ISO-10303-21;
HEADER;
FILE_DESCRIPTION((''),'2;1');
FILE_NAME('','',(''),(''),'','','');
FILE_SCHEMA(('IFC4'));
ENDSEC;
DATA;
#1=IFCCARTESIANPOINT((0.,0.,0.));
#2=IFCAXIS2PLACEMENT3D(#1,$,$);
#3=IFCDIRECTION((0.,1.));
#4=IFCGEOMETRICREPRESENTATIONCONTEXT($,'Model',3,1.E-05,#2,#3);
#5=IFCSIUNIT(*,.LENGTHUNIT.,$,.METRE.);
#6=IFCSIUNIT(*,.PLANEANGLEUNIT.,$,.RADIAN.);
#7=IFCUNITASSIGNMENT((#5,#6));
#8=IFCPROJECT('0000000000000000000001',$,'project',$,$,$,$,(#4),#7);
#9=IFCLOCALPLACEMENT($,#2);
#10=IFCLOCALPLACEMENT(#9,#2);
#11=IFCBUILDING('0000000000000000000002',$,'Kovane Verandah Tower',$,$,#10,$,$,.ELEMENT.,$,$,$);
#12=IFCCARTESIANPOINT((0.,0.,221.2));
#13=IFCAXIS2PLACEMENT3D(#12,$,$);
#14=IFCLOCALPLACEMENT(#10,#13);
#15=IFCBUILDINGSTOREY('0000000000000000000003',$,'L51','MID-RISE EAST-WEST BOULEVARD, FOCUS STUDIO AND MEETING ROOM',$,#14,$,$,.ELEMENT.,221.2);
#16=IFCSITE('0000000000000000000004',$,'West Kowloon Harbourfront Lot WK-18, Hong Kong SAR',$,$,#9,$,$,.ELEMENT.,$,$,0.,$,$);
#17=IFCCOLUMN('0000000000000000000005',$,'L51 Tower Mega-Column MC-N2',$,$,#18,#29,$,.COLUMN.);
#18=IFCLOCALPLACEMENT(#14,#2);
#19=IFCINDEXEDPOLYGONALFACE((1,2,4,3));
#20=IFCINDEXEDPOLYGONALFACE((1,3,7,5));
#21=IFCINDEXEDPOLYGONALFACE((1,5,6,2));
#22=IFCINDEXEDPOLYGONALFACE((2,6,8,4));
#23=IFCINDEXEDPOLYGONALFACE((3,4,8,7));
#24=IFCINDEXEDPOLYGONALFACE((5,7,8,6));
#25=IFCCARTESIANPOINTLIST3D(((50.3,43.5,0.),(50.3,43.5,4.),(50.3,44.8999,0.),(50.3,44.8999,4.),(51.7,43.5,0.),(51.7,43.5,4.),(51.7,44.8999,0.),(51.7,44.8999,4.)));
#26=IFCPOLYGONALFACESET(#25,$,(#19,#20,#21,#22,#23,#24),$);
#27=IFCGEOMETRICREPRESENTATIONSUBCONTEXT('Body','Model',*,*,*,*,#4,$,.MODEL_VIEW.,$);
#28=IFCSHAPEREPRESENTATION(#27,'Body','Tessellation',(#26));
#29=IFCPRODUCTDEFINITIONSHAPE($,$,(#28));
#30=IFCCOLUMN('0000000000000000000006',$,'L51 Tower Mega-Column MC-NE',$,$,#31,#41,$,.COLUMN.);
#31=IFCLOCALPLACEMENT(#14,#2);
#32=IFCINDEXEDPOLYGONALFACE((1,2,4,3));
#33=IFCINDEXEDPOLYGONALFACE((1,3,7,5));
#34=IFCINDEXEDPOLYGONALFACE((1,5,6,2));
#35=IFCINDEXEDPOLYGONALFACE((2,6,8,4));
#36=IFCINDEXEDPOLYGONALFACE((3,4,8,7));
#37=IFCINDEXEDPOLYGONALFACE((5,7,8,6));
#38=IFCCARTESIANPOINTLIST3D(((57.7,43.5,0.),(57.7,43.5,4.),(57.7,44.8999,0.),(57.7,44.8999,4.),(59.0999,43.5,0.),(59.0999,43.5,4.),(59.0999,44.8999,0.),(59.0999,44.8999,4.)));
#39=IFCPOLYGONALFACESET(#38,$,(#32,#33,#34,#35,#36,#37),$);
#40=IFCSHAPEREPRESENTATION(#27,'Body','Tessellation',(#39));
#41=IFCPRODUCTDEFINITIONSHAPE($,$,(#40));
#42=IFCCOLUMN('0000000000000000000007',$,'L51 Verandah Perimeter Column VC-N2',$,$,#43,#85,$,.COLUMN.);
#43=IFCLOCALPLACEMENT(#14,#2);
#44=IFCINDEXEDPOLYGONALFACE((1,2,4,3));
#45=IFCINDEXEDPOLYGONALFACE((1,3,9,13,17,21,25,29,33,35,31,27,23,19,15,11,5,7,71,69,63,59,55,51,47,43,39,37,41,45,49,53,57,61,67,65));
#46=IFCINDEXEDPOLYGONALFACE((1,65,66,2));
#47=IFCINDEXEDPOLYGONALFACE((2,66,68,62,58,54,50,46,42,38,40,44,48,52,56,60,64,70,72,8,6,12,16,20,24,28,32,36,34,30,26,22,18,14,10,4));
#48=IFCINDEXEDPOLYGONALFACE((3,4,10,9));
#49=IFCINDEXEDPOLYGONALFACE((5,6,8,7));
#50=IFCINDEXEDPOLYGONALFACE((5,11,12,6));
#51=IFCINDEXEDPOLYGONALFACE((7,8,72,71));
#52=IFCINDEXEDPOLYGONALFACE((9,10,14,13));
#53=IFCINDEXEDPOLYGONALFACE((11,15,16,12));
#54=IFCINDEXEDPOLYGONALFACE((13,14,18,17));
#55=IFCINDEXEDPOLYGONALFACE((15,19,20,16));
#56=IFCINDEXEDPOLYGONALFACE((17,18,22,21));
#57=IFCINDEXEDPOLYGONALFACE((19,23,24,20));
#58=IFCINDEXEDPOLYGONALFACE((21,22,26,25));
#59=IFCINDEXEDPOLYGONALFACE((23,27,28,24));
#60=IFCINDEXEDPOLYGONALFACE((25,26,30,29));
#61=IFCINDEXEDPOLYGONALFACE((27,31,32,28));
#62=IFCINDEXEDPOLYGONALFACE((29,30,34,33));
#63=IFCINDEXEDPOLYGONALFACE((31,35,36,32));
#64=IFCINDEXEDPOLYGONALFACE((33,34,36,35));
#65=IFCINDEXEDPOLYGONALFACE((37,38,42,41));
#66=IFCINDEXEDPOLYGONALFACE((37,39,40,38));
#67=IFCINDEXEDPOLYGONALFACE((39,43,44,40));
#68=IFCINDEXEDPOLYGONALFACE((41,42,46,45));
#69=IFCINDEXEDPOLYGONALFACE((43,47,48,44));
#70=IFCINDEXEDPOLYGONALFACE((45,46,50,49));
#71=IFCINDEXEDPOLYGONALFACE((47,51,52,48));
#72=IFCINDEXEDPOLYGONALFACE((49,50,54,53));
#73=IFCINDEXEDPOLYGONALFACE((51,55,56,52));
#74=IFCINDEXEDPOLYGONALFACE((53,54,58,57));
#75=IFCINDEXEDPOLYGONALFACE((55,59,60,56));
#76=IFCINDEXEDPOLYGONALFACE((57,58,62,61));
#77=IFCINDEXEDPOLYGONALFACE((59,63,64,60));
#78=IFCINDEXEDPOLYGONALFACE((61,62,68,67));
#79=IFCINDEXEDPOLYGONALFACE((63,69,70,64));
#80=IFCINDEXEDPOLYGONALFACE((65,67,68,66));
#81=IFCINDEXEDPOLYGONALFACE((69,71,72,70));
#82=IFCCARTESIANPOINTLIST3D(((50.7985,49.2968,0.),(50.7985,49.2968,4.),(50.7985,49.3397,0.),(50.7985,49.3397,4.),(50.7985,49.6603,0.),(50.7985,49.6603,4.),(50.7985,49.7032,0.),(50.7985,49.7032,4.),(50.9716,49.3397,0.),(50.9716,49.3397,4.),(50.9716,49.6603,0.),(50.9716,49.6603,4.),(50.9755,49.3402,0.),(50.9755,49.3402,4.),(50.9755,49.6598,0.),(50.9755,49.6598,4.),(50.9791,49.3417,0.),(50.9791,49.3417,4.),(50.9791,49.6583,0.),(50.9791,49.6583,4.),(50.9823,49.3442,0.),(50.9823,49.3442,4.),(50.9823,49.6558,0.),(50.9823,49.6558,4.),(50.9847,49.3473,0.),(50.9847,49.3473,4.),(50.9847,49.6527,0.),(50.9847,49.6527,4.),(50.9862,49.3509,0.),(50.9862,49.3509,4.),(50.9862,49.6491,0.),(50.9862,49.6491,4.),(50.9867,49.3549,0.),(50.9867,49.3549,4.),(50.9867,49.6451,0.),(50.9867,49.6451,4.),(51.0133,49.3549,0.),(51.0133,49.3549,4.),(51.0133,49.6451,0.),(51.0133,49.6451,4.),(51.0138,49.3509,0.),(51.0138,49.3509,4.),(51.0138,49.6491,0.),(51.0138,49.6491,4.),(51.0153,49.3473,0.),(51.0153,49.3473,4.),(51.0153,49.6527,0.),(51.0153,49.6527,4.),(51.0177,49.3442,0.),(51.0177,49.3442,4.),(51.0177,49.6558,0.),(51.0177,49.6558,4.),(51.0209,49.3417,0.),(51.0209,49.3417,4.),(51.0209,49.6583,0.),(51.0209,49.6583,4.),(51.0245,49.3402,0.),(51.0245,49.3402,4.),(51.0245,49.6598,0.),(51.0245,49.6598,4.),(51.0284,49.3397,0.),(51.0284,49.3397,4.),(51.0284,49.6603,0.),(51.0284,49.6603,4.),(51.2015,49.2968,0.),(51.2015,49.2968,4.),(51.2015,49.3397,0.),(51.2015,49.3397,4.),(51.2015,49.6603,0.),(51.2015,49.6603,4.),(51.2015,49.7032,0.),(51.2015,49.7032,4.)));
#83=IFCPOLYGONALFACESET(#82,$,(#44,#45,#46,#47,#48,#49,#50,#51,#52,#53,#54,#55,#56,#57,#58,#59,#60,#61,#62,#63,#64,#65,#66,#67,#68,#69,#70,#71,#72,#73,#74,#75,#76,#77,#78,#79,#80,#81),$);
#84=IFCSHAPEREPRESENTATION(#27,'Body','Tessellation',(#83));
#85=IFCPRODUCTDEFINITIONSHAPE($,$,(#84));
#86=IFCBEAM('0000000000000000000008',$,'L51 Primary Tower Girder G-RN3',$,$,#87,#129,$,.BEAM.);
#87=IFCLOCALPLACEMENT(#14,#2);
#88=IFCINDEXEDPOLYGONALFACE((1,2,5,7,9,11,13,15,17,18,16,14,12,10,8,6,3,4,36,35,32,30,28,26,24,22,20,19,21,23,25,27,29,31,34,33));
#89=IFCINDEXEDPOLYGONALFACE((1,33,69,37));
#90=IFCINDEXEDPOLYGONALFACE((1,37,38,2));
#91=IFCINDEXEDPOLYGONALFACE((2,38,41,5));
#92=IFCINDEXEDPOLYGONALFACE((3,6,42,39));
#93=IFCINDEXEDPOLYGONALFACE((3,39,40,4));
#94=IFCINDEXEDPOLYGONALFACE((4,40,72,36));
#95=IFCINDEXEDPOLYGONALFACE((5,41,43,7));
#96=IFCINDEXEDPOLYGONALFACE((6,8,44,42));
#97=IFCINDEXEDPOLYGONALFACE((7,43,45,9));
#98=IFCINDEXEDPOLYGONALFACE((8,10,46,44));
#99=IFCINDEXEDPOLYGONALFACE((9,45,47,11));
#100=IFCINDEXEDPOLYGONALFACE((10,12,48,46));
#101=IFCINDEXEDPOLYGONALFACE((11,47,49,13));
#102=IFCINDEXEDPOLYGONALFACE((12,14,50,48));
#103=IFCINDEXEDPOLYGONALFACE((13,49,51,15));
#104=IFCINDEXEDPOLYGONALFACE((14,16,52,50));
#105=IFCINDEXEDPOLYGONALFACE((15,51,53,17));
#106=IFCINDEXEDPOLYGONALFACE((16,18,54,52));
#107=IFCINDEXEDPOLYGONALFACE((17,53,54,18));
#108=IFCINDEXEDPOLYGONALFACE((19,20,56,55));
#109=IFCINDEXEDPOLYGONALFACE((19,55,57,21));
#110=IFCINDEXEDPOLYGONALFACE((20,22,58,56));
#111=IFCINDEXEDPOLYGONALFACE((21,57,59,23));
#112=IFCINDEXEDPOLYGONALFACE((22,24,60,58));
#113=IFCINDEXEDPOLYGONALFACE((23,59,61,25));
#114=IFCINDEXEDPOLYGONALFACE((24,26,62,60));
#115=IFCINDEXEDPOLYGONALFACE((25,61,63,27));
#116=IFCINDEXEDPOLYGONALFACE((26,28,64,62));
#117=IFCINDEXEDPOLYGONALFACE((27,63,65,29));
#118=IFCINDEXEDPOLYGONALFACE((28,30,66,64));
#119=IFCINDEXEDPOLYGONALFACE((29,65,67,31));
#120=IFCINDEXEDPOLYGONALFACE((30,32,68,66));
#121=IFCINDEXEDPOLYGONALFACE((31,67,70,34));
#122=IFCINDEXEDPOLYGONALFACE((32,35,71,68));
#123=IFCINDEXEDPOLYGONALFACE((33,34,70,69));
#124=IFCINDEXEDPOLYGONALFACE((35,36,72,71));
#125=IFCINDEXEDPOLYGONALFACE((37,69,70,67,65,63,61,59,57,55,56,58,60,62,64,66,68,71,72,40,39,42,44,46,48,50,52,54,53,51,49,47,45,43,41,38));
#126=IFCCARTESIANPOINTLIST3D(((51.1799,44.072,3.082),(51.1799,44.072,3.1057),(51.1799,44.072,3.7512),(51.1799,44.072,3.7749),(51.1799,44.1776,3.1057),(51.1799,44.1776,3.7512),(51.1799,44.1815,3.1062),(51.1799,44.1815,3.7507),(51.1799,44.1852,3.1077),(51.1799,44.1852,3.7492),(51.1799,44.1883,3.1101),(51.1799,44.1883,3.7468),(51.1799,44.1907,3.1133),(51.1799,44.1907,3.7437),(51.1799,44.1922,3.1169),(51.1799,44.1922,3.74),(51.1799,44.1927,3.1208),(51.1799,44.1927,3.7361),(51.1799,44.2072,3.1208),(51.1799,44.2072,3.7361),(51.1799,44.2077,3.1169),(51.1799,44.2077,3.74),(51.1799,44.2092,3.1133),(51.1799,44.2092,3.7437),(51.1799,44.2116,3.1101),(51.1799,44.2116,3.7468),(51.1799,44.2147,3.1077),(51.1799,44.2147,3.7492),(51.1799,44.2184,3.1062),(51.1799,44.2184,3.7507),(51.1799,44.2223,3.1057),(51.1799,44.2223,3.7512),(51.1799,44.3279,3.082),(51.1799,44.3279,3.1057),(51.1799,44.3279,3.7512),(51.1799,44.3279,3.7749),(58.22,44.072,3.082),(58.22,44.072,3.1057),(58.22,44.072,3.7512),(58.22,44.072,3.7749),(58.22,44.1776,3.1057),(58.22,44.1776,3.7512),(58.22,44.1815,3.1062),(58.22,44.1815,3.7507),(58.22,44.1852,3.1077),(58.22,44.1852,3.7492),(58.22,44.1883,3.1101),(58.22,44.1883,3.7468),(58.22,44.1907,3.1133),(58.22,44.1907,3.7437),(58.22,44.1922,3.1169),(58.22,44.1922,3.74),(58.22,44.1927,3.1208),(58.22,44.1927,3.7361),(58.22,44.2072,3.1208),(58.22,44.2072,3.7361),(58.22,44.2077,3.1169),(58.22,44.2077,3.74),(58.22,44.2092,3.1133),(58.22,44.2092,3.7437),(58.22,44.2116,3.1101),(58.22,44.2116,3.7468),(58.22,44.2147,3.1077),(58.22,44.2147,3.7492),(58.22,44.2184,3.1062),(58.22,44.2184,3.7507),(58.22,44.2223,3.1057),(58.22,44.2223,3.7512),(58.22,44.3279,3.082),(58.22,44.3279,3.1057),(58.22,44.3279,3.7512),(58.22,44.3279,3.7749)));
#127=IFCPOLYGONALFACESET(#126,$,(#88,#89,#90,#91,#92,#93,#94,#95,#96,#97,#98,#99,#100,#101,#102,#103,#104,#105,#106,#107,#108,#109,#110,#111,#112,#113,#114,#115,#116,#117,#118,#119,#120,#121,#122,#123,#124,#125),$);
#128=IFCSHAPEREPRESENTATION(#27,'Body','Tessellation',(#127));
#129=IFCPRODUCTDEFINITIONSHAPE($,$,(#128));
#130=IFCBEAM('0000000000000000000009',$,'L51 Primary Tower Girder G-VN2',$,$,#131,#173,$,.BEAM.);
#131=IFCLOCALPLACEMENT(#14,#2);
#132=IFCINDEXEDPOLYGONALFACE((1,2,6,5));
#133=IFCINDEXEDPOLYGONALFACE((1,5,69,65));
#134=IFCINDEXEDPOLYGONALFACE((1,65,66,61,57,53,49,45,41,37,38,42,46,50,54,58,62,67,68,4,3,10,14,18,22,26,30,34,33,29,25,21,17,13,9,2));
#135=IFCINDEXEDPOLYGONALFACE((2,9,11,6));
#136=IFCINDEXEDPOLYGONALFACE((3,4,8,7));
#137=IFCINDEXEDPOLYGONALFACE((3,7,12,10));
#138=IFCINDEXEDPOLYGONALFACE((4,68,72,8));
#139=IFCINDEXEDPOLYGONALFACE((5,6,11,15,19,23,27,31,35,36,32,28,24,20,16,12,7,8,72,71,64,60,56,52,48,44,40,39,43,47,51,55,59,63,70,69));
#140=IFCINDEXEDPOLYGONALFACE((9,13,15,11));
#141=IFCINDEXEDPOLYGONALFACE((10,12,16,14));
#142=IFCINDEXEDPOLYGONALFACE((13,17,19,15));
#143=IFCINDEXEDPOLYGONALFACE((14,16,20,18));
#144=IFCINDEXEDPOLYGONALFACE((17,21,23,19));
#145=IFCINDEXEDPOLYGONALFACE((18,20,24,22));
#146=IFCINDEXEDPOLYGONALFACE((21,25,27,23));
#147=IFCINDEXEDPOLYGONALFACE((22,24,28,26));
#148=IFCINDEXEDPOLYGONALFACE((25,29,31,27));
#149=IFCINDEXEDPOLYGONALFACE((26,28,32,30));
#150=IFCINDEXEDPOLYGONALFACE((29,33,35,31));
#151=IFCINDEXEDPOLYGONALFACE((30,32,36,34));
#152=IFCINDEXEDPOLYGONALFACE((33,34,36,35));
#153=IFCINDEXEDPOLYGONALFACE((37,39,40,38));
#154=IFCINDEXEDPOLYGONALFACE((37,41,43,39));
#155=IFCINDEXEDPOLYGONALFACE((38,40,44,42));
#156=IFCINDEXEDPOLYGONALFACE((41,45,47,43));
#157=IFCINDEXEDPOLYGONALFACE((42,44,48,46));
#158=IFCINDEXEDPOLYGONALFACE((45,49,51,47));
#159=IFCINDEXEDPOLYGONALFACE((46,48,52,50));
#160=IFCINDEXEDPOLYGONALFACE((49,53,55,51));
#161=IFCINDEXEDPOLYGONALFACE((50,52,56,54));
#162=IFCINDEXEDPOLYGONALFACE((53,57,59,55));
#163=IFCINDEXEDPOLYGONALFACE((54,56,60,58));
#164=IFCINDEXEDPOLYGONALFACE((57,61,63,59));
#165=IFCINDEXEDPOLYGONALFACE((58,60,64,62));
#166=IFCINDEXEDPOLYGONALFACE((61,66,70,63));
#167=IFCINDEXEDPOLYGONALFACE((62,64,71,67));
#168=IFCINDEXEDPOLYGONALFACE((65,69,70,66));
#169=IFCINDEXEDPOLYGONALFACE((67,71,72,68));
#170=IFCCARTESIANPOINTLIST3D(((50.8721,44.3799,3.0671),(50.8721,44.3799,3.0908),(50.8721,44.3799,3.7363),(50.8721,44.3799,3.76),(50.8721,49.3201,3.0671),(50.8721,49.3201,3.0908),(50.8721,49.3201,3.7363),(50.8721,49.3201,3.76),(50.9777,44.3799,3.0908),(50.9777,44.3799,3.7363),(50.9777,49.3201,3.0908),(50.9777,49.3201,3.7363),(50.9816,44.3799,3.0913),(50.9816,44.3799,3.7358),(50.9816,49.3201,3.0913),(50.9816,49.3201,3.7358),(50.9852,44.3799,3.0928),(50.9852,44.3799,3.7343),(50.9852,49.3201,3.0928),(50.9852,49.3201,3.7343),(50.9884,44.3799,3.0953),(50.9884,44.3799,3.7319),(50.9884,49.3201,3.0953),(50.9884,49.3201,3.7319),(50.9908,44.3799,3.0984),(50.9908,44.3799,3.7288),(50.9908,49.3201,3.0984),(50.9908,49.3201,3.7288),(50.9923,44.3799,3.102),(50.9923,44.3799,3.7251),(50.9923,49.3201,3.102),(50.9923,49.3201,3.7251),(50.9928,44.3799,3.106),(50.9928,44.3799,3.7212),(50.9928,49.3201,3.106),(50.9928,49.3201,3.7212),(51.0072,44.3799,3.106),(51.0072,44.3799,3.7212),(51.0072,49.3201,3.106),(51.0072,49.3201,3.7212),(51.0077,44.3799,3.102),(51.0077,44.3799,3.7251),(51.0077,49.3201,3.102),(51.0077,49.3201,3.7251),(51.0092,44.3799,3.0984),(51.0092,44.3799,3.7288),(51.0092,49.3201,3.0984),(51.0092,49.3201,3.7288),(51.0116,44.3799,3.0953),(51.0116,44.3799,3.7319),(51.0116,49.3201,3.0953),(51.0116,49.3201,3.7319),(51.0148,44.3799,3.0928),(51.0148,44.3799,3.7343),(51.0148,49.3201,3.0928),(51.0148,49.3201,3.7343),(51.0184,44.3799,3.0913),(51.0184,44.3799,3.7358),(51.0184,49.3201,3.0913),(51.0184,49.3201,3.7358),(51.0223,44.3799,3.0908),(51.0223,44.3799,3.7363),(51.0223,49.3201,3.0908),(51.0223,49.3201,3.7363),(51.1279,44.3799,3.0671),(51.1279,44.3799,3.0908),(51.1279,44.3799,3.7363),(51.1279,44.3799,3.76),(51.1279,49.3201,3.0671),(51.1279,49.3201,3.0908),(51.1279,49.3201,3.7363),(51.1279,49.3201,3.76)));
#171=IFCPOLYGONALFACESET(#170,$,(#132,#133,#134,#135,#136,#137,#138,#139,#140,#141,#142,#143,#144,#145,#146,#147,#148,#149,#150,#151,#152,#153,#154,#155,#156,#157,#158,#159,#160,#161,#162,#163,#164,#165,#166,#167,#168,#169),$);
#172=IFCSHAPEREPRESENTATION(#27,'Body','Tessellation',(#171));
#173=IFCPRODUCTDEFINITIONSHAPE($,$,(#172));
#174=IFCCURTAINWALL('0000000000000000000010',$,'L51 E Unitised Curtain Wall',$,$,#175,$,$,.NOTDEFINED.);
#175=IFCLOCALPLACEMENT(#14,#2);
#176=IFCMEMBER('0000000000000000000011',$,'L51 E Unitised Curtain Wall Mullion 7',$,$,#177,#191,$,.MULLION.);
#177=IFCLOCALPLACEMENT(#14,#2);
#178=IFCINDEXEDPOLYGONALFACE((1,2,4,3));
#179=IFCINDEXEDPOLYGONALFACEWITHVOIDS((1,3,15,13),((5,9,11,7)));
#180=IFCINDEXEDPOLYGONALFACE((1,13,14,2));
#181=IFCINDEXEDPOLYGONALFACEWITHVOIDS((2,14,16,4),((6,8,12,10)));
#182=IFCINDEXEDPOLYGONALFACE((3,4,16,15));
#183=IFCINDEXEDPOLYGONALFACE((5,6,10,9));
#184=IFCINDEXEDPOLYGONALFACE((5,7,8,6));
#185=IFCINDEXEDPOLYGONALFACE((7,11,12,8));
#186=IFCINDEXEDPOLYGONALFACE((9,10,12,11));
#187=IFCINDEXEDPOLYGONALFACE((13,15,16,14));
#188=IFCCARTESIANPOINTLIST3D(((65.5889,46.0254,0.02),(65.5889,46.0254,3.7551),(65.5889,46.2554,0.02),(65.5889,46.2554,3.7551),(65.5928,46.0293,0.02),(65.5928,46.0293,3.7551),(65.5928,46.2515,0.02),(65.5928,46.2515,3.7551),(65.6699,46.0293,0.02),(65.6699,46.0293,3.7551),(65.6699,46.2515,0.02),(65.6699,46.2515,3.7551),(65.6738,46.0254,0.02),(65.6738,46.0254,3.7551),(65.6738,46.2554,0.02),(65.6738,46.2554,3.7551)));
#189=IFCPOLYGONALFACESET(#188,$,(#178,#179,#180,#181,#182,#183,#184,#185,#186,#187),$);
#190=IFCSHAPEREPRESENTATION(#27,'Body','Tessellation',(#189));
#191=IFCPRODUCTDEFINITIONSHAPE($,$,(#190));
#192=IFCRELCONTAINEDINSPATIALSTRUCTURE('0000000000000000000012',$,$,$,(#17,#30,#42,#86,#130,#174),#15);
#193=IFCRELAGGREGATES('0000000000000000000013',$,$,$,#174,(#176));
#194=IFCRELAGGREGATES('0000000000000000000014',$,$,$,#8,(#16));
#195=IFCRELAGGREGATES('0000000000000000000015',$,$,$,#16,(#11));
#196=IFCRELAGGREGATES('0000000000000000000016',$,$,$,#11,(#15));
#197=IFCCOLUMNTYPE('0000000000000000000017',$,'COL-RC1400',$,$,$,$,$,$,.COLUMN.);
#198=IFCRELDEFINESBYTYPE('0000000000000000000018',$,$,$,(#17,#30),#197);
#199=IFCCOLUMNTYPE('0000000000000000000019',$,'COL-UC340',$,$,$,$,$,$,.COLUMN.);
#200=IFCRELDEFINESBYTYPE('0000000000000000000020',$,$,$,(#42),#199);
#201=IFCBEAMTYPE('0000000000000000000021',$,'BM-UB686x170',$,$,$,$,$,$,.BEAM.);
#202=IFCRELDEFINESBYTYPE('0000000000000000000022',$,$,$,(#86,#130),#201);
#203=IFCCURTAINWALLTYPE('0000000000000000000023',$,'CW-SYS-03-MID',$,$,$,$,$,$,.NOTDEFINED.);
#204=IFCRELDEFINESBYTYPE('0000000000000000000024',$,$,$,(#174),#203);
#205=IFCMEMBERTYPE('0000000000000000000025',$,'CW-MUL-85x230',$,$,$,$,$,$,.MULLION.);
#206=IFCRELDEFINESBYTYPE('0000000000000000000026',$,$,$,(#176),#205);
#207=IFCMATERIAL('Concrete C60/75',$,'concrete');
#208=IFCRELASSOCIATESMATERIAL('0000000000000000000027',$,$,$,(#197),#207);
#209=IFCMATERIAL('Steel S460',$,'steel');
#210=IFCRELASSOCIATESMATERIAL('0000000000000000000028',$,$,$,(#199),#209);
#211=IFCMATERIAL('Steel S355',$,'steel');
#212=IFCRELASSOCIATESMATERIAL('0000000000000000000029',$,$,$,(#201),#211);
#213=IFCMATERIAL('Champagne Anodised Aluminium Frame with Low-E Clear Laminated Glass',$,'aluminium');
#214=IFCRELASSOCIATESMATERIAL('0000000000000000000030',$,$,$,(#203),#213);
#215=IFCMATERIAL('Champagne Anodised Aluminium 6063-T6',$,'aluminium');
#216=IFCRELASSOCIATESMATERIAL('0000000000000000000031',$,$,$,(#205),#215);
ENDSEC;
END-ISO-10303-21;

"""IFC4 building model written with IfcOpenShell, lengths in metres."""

from ifc_helpers import new_model, si_unit, direction, frame, origin, origin_2d, place, context, subcontext, project, spatial, rectangle, hollow_rectangle, i_section, extrude, material, material_profile, profile_set, type_object, element, aggregate, save


model = new_model("IFC4")

# Units and contexts
model_context = context("Model", 3, precision=1e-05, world=origin(), true_north=direction((0.0, 1.0)))
body_context = subcontext(model_context, "Body", "Model", "MODEL_VIEW")
ifc_project = project(units=[si_unit("LENGTHUNIT", "METRE"), si_unit("PLANEANGLEUNIT", "RADIAN")], contexts=[model_context])

# Site, building, storey
site_placement = place(None, origin())
site = spatial("IfcSite", under=ifc_project, at=site_placement, Name="West Kowloon Harbourfront Lot WK-18, Hong Kong SAR", CompositionType="ELEMENT", RefElevation=0.0)
building_placement = place(site_placement, origin())
building = spatial("IfcBuilding", under=site, at=building_placement, Name="Kovane Verandah Tower", CompositionType="ELEMENT")
storey_placement = place(building_placement, frame((0.0, 0.0, 221.2)))
storey = spatial("IfcBuildingStorey", under=building, at=storey_placement, Name="L51", Description="MID-RISE EAST-WEST BOULEVARD, FOCUS STUDIO AND MEETING ROOM", CompositionType="ELEMENT", Elevation=221.2)

# Columns
ifc_material_1 = material(Name="Concrete C60/75", Category="concrete")
ifc_material_profile_1 = material_profile(ifc_material_1, rectangle(XDim=1.3999, YDim=1.3999, at=origin_2d()), Name="RC1400x1400")
ifc_profile_set_1 = profile_set([ifc_material_profile_1], Name="Concrete C60/75")
column_type_1 = type_object("IfcColumnType", Name="COL-RC1400", PredefinedType="COLUMN", material=ifc_profile_set_1)
for number, where, z_axis, x_axis, name in (
    (1, (51.0, 44.2, 0.0), (0.0, 0.0, 1.0), (1.0, 0.0, 0.0), "L51 Tower Mega-Column MC-N2"),
    (2, (58.3999, 44.2, 0.0), (0.0, 0.0, 1.0), (1.0, 0.0, 0.0), "L51 Tower Mega-Column MC-NE"),
):
    element("IfcColumn", number, at=place(storey_placement, frame(where, z_axis=z_axis, x_axis=x_axis)), inside=storey, type_object=column_type_1, Name=name, PredefinedType="COLUMN", context=body_context, shape_type="SweptSolid", body=[
        extrude(rectangle(XDim=1.3999, YDim=1.3999, at=origin_2d()), origin(), (0.0, 0.0, 1.0), 4.0),
    ])
ifc_material_2 = material(Name="Steel S460", Category="steel")
ifc_material_profile_2 = material_profile(ifc_material_2, i_section(OverallWidth=0.4031, OverallDepth=0.4065, WebThickness=0.0266, FlangeThickness=0.043, FilletRadius=0.0151, at=origin_2d()), Name="UC356x406x340")
ifc_profile_set_2 = profile_set([ifc_material_profile_2], Name="Steel S460")
column_type_2 = type_object("IfcColumnType", Name="COL-UC340", PredefinedType="COLUMN", material=ifc_profile_set_2)
column_placement = place(storey_placement, frame((51.0, 49.5, 0.0), z_axis=(0.0, 0.0, 1.0), x_axis=(1.0, 0.0, 0.0)))
element("IfcColumn", 3, at=column_placement, inside=storey, type_object=column_type_2, Name="L51 Verandah Perimeter Column VC-N2", PredefinedType="COLUMN", context=body_context, shape_type="SweptSolid", body=[
    extrude(i_section(OverallWidth=0.4031, OverallDepth=0.4065, WebThickness=0.0266, FlangeThickness=0.043, FilletRadius=0.0151, at=origin_2d()), origin(), (0.0, 0.0, 1.0), 4.0),
])

# Beams
ifc_material_3 = material(Name="Steel S355", Category="steel")
ifc_material_profile_3 = material_profile(ifc_material_3, i_section(OverallWidth=0.2559, OverallDepth=0.6929, WebThickness=0.0144, FlangeThickness=0.0237, FilletRadius=0.0151, at=origin_2d()), Name="UB686x254x170")
ifc_profile_set_3 = profile_set([ifc_material_profile_3], Name="Steel S355")
beam_type = type_object("IfcBeamType", Name="BM-UB686x170", PredefinedType="BEAM", material=ifc_profile_set_3)
beam_1_placement = place(storey_placement, frame((51.1799, 44.2, 3.4285), z_axis=(1.0, 0.0, 0.0), x_axis=(0.0, 1.0, 0.0)))
element("IfcBeam", 4, at=beam_1_placement, inside=storey, type_object=beam_type, Name="L51 Primary Tower Girder G-RN3", PredefinedType="BEAM", context=body_context, shape_type="SweptSolid", body=[
    extrude(i_section(OverallWidth=0.2559, OverallDepth=0.6929, WebThickness=0.0144, FlangeThickness=0.0237, FilletRadius=0.0151, at=origin_2d()), origin(), (0.0, 0.0, 1.0), 7.04),
])
beam_2_placement = place(storey_placement, frame((51.0, 44.3799, 3.4136), z_axis=(0.0, 1.0, 0.0), x_axis=(-1.0, 0.0, 0.0)))
element("IfcBeam", 5, at=beam_2_placement, inside=storey, type_object=beam_type, Name="L51 Primary Tower Girder G-VN2", PredefinedType="BEAM", context=body_context, shape_type="SweptSolid", body=[
    extrude(i_section(OverallWidth=0.2559, OverallDepth=0.6929, WebThickness=0.0144, FlangeThickness=0.0237, FilletRadius=0.0151, at=origin_2d()), origin(), (0.0, 0.0, 1.0), 4.9402),
])

# Curtain wall, member
ifc_material_4 = material(Name="Champagne Anodised Aluminium Frame with Low-E Clear Laminated Glass", Category="aluminium")
curtain_wall_type = type_object("IfcCurtainWallType", Name="CW-SYS-03-MID", PredefinedType="NOTDEFINED", material=ifc_material_4)
curtain_wall_1_placement = place(storey_placement, origin())
curtain_wall_1 = element("IfcCurtainWall", 6, at=curtain_wall_1_placement, inside=storey, type_object=curtain_wall_type, Name="L51 E Unitised Curtain Wall", PredefinedType="NOTDEFINED")
ifc_material_5 = material(Name="Champagne Anodised Aluminium 6063-T6", Category="aluminium")
ifc_material_profile_4 = material_profile(ifc_material_5, hollow_rectangle(XDim=0.085, YDim=0.23, WallThickness=0.0039, at=origin_2d()), Name="AL85x230x4")
ifc_profile_set_4 = profile_set([ifc_material_profile_4], Name="Champagne Anodised Aluminium 6063-T6")
member_type_1 = type_object("IfcMemberType", Name="CW-MUL-85x230", PredefinedType="MULLION", material=ifc_profile_set_4)
member_1_placement = place(storey_placement, frame((65.6313, 46.1404, 0.02), z_axis=(0.0, 0.0, 1.0), x_axis=(1.0, 0.0, 0.0)))
member_1 = element("IfcMember", 7, at=member_1_placement, type_object=member_type_1, Name="L51 E Unitised Curtain Wall Mullion 7", PredefinedType="MULLION", context=body_context, shape_type="SweptSolid", body=[
    extrude(hollow_rectangle(XDim=0.085, YDim=0.23, WallThickness=0.0039, at=origin_2d()), origin(), (0.0, 0.0, 1.0), 3.7351),
])
aggregate(curtain_wall_1, [member_1])

save(model, "model.ifc")
